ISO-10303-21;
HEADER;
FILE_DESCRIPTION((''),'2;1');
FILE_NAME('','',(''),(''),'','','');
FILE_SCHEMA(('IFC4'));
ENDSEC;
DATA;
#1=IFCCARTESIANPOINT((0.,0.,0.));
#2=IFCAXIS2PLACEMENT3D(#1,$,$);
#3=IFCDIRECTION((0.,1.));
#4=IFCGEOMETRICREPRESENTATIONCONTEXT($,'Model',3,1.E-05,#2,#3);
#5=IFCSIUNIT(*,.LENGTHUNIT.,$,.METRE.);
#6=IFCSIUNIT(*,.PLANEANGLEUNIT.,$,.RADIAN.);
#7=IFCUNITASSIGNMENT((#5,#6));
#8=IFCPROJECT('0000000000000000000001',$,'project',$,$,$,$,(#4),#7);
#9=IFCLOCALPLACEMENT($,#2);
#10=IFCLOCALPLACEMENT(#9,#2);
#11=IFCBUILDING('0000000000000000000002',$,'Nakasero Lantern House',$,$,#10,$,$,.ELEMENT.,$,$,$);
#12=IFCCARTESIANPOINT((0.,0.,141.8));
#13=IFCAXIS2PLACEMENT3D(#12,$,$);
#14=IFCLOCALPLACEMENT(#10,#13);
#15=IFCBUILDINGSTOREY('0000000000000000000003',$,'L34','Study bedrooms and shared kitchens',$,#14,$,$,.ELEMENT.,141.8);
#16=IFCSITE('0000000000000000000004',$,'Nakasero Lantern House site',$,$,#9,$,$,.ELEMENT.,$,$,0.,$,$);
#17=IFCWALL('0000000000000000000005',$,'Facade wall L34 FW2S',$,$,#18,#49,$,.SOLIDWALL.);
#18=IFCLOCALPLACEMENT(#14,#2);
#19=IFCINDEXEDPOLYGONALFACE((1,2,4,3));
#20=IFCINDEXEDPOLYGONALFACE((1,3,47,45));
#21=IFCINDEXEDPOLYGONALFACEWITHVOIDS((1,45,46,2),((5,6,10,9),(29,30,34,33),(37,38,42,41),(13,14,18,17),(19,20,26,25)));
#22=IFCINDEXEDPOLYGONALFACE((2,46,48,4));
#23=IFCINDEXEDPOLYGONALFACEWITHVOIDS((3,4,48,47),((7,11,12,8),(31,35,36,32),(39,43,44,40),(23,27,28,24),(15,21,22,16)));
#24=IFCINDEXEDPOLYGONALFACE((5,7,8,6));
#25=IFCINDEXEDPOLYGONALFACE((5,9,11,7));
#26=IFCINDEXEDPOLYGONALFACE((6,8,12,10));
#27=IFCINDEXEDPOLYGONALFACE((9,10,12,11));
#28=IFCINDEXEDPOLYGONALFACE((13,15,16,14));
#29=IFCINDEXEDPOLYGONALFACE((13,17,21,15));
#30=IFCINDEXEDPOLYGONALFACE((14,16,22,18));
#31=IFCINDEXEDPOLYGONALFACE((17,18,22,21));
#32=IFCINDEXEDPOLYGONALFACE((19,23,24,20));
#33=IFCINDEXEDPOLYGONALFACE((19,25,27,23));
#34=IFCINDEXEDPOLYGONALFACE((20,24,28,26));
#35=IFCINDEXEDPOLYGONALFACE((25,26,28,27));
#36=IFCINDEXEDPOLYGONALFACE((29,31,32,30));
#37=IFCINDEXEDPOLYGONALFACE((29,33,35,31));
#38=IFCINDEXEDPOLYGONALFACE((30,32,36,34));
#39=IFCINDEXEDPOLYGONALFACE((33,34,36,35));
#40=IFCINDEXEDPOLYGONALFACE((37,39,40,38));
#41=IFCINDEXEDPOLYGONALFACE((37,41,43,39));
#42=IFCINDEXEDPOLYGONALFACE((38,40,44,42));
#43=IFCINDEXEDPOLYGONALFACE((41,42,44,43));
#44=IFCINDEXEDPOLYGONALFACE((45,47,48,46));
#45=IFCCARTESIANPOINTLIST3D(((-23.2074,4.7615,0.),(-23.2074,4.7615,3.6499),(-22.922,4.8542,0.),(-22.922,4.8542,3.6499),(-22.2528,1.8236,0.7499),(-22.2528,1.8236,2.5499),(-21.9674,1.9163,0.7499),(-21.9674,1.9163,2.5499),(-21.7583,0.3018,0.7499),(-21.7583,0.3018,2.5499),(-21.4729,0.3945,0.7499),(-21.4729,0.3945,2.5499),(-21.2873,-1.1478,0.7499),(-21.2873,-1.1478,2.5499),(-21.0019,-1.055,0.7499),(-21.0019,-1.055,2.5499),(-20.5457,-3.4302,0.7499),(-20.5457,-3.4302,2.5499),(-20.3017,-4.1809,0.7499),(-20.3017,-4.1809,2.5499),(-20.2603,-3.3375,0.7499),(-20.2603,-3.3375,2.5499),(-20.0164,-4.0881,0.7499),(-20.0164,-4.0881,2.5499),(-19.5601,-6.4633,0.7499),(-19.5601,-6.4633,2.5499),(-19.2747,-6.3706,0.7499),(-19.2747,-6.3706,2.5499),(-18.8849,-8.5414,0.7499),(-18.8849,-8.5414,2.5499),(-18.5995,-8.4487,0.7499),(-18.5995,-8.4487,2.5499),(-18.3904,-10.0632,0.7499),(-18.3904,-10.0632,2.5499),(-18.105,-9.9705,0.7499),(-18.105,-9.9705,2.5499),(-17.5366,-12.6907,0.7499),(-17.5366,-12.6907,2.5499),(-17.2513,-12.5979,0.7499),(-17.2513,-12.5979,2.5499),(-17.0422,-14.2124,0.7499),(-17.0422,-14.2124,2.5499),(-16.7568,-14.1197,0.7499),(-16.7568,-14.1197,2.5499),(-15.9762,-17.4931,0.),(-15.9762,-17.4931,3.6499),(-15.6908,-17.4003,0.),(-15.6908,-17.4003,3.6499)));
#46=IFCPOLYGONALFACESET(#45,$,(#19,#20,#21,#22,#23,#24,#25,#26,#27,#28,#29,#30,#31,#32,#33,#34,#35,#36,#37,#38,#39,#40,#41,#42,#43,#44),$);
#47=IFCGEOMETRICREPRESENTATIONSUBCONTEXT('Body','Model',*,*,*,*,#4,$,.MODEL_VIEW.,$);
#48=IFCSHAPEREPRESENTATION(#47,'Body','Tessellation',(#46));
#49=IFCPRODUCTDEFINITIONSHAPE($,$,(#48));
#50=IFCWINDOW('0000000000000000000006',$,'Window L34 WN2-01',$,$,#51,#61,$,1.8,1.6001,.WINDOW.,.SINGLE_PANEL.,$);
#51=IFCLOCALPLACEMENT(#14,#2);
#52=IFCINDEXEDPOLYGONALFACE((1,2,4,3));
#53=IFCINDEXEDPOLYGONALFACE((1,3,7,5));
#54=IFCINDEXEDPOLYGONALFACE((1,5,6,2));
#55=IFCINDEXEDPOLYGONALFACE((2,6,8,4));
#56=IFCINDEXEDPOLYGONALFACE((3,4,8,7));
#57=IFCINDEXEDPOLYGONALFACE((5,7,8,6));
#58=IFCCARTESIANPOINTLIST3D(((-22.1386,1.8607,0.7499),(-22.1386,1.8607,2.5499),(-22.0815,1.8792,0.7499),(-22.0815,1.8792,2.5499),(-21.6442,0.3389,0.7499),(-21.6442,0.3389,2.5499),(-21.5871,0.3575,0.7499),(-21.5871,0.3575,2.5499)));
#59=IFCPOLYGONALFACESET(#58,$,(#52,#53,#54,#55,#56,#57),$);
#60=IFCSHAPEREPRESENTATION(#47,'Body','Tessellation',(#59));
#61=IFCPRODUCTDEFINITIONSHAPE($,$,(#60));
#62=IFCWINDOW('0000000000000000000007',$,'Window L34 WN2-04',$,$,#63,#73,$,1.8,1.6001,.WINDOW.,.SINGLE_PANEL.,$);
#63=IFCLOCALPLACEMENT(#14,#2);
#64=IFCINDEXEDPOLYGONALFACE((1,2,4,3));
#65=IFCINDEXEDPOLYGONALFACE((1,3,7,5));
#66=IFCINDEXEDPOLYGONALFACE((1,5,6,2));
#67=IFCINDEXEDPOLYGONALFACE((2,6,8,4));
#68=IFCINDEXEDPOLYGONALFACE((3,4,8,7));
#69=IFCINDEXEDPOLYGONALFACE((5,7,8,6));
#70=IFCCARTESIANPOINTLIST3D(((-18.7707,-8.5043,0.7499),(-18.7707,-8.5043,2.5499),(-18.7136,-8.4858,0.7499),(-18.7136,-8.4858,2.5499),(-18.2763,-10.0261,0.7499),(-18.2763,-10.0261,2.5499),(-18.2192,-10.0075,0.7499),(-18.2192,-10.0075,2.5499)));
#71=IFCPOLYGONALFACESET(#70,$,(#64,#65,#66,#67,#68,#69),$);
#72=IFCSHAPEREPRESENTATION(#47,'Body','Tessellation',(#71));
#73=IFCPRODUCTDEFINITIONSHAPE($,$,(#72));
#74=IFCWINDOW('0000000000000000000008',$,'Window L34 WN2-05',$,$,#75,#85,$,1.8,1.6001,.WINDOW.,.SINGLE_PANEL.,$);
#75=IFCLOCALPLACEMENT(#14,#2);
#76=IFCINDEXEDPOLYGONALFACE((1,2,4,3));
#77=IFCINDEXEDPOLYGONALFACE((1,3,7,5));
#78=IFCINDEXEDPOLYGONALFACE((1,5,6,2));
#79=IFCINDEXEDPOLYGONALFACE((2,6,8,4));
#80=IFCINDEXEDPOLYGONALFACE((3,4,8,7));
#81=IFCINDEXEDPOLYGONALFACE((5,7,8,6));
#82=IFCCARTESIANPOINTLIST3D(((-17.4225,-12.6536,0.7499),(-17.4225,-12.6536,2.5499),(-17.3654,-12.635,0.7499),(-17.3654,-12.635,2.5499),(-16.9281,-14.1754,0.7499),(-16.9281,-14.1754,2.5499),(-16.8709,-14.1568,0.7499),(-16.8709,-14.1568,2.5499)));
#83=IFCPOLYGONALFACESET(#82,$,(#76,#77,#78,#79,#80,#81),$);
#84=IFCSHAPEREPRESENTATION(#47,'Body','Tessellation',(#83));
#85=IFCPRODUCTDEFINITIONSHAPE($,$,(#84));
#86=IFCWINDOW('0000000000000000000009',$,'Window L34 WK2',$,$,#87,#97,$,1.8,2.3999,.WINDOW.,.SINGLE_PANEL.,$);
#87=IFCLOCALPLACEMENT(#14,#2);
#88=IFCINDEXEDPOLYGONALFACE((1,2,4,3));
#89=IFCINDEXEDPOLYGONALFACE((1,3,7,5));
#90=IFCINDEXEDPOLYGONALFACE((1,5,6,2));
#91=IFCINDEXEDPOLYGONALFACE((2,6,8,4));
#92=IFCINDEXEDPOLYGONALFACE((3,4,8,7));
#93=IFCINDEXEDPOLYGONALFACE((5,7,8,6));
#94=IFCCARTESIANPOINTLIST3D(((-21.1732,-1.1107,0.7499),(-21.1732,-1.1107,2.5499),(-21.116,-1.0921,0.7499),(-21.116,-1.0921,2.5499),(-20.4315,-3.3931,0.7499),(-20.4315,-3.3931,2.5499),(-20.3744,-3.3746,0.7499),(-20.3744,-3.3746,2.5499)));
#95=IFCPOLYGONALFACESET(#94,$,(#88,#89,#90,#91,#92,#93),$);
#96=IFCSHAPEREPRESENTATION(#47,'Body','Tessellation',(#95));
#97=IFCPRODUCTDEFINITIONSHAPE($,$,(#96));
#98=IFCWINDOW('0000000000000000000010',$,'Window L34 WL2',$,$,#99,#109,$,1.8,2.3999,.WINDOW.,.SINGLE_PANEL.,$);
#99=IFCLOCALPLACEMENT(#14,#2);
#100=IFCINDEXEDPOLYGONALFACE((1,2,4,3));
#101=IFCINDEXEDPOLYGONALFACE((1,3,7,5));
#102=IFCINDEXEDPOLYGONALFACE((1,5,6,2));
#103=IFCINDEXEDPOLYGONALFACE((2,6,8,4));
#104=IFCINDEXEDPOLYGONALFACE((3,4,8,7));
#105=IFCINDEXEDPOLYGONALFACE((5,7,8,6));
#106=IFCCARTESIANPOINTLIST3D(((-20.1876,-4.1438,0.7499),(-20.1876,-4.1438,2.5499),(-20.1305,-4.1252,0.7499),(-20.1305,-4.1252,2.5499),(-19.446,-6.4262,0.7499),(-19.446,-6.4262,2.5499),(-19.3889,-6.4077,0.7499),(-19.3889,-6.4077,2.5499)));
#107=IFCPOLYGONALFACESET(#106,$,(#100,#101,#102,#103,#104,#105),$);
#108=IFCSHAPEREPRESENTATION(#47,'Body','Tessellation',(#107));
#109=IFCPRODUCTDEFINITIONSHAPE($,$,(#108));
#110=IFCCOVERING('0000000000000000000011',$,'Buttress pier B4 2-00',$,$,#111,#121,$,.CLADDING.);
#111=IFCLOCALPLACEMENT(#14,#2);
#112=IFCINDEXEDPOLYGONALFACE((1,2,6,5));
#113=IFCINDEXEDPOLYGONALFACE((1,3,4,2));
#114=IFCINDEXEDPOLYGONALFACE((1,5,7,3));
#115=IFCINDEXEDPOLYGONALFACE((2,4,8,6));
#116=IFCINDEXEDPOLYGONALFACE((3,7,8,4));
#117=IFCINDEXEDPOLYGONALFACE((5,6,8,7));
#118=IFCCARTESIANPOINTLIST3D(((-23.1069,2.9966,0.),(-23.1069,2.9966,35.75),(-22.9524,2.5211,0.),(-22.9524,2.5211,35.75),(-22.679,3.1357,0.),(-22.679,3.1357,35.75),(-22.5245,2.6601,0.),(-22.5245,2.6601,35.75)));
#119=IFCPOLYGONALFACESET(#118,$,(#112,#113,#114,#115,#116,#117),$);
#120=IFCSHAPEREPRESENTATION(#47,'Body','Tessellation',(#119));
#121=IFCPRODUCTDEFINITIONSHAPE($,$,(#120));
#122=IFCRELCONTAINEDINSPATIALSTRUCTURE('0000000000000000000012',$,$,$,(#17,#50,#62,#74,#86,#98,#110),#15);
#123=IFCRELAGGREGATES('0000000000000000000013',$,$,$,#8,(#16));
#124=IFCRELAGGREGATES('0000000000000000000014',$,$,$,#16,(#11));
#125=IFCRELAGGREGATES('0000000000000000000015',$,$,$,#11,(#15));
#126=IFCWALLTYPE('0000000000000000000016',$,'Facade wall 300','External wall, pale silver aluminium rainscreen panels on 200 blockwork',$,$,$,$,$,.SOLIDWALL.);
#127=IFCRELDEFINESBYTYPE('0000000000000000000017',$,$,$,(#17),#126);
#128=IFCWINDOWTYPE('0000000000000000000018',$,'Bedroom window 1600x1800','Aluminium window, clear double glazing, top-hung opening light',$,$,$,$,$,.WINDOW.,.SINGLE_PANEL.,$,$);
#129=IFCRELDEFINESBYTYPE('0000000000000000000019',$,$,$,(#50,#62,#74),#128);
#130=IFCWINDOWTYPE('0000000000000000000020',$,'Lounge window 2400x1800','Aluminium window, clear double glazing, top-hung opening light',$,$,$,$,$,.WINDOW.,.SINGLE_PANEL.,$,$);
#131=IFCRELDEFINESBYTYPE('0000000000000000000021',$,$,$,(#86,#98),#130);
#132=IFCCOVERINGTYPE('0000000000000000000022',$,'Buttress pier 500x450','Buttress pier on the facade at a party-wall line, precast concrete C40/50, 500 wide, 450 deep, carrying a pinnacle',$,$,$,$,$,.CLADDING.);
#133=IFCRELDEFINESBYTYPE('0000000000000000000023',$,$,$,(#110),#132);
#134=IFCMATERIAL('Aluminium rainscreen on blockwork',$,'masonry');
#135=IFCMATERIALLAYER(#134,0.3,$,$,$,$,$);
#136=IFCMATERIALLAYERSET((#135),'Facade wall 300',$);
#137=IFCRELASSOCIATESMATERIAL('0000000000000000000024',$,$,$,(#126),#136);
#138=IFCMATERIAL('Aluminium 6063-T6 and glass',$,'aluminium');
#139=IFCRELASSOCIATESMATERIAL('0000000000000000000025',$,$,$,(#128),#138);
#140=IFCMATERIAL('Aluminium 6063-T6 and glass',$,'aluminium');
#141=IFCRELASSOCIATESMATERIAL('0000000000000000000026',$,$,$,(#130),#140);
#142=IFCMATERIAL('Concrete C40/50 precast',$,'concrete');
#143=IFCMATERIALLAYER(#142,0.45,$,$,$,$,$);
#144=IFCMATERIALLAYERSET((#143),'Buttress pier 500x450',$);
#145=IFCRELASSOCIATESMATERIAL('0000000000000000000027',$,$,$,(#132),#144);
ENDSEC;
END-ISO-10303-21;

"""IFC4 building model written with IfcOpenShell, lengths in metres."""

from ifc_helpers import new_model, si_unit, direction, frame, frame_2d, origin, origin_2d, place, context, subcontext, project, spatial, rectangle, extrude, material, layer, layer_set, type_object, element, fill, save


model = new_model("IFC4")

# Units and contexts
model_context = context("Model", 3, precision=1e-05, world=origin(), true_north=direction((0.0, 1.0)))
body_context = subcontext(model_context, "Body", "Model", "MODEL_VIEW")
ifc_project = project(units=[si_unit("LENGTHUNIT", "METRE"), si_unit("PLANEANGLEUNIT", "RADIAN")], contexts=[model_context])

# Site, building, storey
site_placement = place(None, origin())
site = spatial("IfcSite", under=ifc_project, at=site_placement, Name="Nakasero Lantern House site", CompositionType="ELEMENT", RefElevation=0.0)
building_placement = place(site_placement, origin())
building = spatial("IfcBuilding", under=site, at=building_placement, Name="Nakasero Lantern House", CompositionType="ELEMENT")
storey_placement = place(building_placement, frame((0.0, 0.0, 141.8)))
storey = spatial("IfcBuildingStorey", under=building, at=storey_placement, Name="L34", Description="Study bedrooms and shared kitchens", CompositionType="ELEMENT", Elevation=141.8)

# Wall, openings, windows
ifc_material_1 = material(Name="Aluminium rainscreen on blockwork", Category="masonry")
ifc_layer_1 = layer(ifc_material_1, 0.3)
ifc_layer_set_1 = layer_set([ifc_layer_1], Name="Facade wall 300")
wall_type_1 = type_object("IfcWallType", Name="Facade wall 300", Description="External wall, pale silver aluminium rainscreen panels on 200 blockwork", PredefinedType="SOLIDWALL", material=ifc_layer_set_1)
wall_1_placement = place(storey_placement, frame((-23.0647, 4.8079, 0.0), z_axis=(0.0, 0.0, 1.0), x_axis=(0.309026, -0.951054, 0.0)))
wall_1 = element("IfcWall", 1, at=wall_1_placement, inside=storey, type_object=wall_type_1, Name="Facade wall L34 FW2S", PredefinedType="SOLIDWALL", context=body_context, shape_type="SweptSolid", body=[
    extrude(rectangle(XDim=23.3999, YDim=0.3, at=frame_2d((11.7, 0.0))), origin(), (0.0, 0.0, 1.0), 3.6499),
])
opening_1_placement = place(wall_1_placement, frame((3.0891, 0.0, 0.75)))
opening_1 = element("IfcOpeningElement", 2, at=opening_1_placement, cuts=wall_1, PredefinedType="OPENING", context=body_context, shape_type="SweptSolid", body=[
    extrude(rectangle(XDim=1.6001, YDim=1.8, at=frame_2d((0.8, 0.8999))), frame((0.0, 0.1699, 0.0), z_axis=(0.0, -1.0, 0.0), x_axis=(1.0, 0.0, 0.0)), (0.0, 0.0, 1.0), 0.3401),
])
opening_2_placement = place(wall_1_placement, frame((13.9875, 0.0, 0.75)))
opening_2 = element("IfcOpeningElement", 3, at=opening_2_placement, cuts=wall_1, PredefinedType="OPENING", context=body_context, shape_type="SweptSolid", body=[
    extrude(rectangle(XDim=1.6001, YDim=1.8, at=frame_2d((0.8, 0.8999))), frame((0.0, 0.1699, 0.0), z_axis=(0.0, -1.0, 0.0), x_axis=(1.0, 0.0, 0.0)), (0.0, 0.0, 1.0), 0.3401),
])
opening_3_placement = place(wall_1_placement, frame((18.3503, 0.0, 0.75)))
opening_3 = element("IfcOpeningElement", 4, at=opening_3_placement, cuts=wall_1, PredefinedType="OPENING", context=body_context, shape_type="SweptSolid", body=[
    extrude(rectangle(XDim=1.6001, YDim=1.8, at=frame_2d((0.8, 0.8999))), frame((0.0, 0.1699, 0.0), z_axis=(0.0, -1.0, 0.0), x_axis=(1.0, 0.0, 0.0)), (0.0, 0.0, 1.0), 0.3401),
])
opening_4_placement = place(wall_1_placement, frame((6.2134, 0.0, 0.75)))
opening_4 = element("IfcOpeningElement", 5, at=opening_4_placement, cuts=wall_1, PredefinedType="OPENING", context=body_context, shape_type="SweptSolid", body=[
    extrude(rectangle(XDim=2.3999, YDim=1.8, at=frame_2d((1.2, 0.8999))), frame((0.0, 0.1699, 0.0), z_axis=(0.0, -1.0, 0.0), x_axis=(1.0, 0.0, 0.0)), (0.0, 0.0, 1.0), 0.3401),
])
opening_5_placement = place(wall_1_placement, frame((9.4026, 0.0, 0.75)))
opening_5 = element("IfcOpeningElement", 6, at=opening_5_placement, cuts=wall_1, PredefinedType="OPENING", context=body_context, shape_type="SweptSolid", body=[
    extrude(rectangle(XDim=2.3999, YDim=1.8, at=frame_2d((1.2, 0.8999))), frame((0.0, 0.1699, 0.0), z_axis=(0.0, -1.0, 0.0), x_axis=(1.0, 0.0, 0.0)), (0.0, 0.0, 1.0), 0.3401),
])
ifc_material_2 = material(Name="Aluminium 6063-T6 and glass", Category="aluminium")
window_type_1 = type_object("IfcWindowType", Name="Bedroom window 1600x1800", Description="Aluminium window, clear double glazing, top-hung opening light", PartitioningType="SINGLE_PANEL", PredefinedType="WINDOW", material=ifc_material_2)
window_1_placement = place(opening_1_placement, origin())
window_1 = element("IfcWindow", 7, at=window_1_placement, inside=storey, type_object=window_type_1, Name="Window L34 WN2-01", OverallHeight=1.8, OverallWidth=1.6001, PartitioningType="SINGLE_PANEL", PredefinedType="WINDOW", context=body_context, shape_type="SweptSolid", body=[
    extrude(rectangle(XDim=1.6001, YDim=1.8, at=frame_2d((0.8, 0.8999))), frame((0.0, 0.03, 0.0), z_axis=(0.0, -1.0, 0.0), x_axis=(1.0, 0.0, 0.0)), (0.0, 0.0, 1.0), 0.0601),
])
fill(opening_1, window_1)
window_2_placement = place(opening_2_placement, origin())
window_2 = element("IfcWindow", 8, at=window_2_placement, inside=storey, type_object=window_type_1, Name="Window L34 WN2-04", OverallHeight=1.8, OverallWidth=1.6001, PartitioningType="SINGLE_PANEL", PredefinedType="WINDOW", context=body_context, shape_type="SweptSolid", body=[
    extrude(rectangle(XDim=1.6001, YDim=1.8, at=frame_2d((0.8, 0.8999))), frame((0.0, 0.03, 0.0), z_axis=(0.0, -1.0, 0.0), x_axis=(1.0, 0.0, 0.0)), (0.0, 0.0, 1.0), 0.0601),
])
fill(opening_2, window_2)
window_3_placement = place(opening_3_placement, origin())
window_3 = element("IfcWindow", 9, at=window_3_placement, inside=storey, type_object=window_type_1, Name="Window L34 WN2-05", OverallHeight=1.8, OverallWidth=1.6001, PartitioningType="SINGLE_PANEL", PredefinedType="WINDOW", context=body_context, shape_type="SweptSolid", body=[
    extrude(rectangle(XDim=1.6001, YDim=1.8, at=frame_2d((0.8, 0.8999))), frame((0.0, 0.03, 0.0), z_axis=(0.0, -1.0, 0.0), x_axis=(1.0, 0.0, 0.0)), (0.0, 0.0, 1.0), 0.0601),
])
fill(opening_3, window_3)
ifc_material_3 = material(Name="Aluminium 6063-T6 and glass", Category="aluminium")
window_type_2 = type_object("IfcWindowType", Name="Lounge window 2400x1800", Description="Aluminium window, clear double glazing, top-hung opening light", PartitioningType="SINGLE_PANEL", PredefinedType="WINDOW", material=ifc_material_3)
window_4_placement = place(opening_4_placement, origin())
window_4 = element("IfcWindow", 10, at=window_4_placement, inside=storey, type_object=window_type_2, Name="Window L34 WK2", OverallHeight=1.8, OverallWidth=2.3999, PartitioningType="SINGLE_PANEL", PredefinedType="WINDOW", context=body_context, shape_type="SweptSolid", body=[
    extrude(rectangle(XDim=2.3999, YDim=1.8, at=frame_2d((1.2, 0.8999))), frame((0.0, 0.03, 0.0), z_axis=(0.0, -1.0, 0.0), x_axis=(1.0, 0.0, 0.0)), (0.0, 0.0, 1.0), 0.0601),
])
fill(opening_4, window_4)
window_5_placement = place(opening_5_placement, origin())
window_5 = element("IfcWindow", 11, at=window_5_placement, inside=storey, type_object=window_type_2, Name="Window L34 WL2", OverallHeight=1.8, OverallWidth=2.3999, PartitioningType="SINGLE_PANEL", PredefinedType="WINDOW", context=body_context, shape_type="SweptSolid", body=[
    extrude(rectangle(XDim=2.3999, YDim=1.8, at=frame_2d((1.2, 0.8999))), frame((0.0, 0.03, 0.0), z_axis=(0.0, -1.0, 0.0), x_axis=(1.0, 0.0, 0.0)), (0.0, 0.0, 1.0), 0.0601),
])
fill(opening_5, window_5)

# Covering
ifc_material_4 = material(Name="Concrete C40/50 precast", Category="concrete")
ifc_layer_2 = layer(ifc_material_4, 0.45)
ifc_layer_set_2 = layer_set([ifc_layer_2], Name="Buttress pier 500x450")
covering_type = type_object("IfcCoveringType", Name="Buttress pier 500x450", Description="Buttress pier on the facade at a party-wall line, precast concrete C40/50, 500 wide, 450 deep, carrying a pinnacle", PredefinedType="CLADDING", material=ifc_layer_set_2)
covering_placement = place(storey_placement, frame((-22.8157, 2.8284, 0.0), z_axis=(0.0, 0.0, 1.0), x_axis=(-0.951057, -0.309017, 0.0)))
element("IfcCovering", 12, at=covering_placement, inside=storey, type_object=covering_type, Name="Buttress pier B4 2-00", PredefinedType="CLADDING", context=body_context, shape_type="SweptSolid", body=[
    extrude(rectangle(XDim=0.45, YDim=0.5, at=origin_2d()), origin(), (0.0, 0.0, 1.0), 35.75),
])

save(model, "model.ifc")
